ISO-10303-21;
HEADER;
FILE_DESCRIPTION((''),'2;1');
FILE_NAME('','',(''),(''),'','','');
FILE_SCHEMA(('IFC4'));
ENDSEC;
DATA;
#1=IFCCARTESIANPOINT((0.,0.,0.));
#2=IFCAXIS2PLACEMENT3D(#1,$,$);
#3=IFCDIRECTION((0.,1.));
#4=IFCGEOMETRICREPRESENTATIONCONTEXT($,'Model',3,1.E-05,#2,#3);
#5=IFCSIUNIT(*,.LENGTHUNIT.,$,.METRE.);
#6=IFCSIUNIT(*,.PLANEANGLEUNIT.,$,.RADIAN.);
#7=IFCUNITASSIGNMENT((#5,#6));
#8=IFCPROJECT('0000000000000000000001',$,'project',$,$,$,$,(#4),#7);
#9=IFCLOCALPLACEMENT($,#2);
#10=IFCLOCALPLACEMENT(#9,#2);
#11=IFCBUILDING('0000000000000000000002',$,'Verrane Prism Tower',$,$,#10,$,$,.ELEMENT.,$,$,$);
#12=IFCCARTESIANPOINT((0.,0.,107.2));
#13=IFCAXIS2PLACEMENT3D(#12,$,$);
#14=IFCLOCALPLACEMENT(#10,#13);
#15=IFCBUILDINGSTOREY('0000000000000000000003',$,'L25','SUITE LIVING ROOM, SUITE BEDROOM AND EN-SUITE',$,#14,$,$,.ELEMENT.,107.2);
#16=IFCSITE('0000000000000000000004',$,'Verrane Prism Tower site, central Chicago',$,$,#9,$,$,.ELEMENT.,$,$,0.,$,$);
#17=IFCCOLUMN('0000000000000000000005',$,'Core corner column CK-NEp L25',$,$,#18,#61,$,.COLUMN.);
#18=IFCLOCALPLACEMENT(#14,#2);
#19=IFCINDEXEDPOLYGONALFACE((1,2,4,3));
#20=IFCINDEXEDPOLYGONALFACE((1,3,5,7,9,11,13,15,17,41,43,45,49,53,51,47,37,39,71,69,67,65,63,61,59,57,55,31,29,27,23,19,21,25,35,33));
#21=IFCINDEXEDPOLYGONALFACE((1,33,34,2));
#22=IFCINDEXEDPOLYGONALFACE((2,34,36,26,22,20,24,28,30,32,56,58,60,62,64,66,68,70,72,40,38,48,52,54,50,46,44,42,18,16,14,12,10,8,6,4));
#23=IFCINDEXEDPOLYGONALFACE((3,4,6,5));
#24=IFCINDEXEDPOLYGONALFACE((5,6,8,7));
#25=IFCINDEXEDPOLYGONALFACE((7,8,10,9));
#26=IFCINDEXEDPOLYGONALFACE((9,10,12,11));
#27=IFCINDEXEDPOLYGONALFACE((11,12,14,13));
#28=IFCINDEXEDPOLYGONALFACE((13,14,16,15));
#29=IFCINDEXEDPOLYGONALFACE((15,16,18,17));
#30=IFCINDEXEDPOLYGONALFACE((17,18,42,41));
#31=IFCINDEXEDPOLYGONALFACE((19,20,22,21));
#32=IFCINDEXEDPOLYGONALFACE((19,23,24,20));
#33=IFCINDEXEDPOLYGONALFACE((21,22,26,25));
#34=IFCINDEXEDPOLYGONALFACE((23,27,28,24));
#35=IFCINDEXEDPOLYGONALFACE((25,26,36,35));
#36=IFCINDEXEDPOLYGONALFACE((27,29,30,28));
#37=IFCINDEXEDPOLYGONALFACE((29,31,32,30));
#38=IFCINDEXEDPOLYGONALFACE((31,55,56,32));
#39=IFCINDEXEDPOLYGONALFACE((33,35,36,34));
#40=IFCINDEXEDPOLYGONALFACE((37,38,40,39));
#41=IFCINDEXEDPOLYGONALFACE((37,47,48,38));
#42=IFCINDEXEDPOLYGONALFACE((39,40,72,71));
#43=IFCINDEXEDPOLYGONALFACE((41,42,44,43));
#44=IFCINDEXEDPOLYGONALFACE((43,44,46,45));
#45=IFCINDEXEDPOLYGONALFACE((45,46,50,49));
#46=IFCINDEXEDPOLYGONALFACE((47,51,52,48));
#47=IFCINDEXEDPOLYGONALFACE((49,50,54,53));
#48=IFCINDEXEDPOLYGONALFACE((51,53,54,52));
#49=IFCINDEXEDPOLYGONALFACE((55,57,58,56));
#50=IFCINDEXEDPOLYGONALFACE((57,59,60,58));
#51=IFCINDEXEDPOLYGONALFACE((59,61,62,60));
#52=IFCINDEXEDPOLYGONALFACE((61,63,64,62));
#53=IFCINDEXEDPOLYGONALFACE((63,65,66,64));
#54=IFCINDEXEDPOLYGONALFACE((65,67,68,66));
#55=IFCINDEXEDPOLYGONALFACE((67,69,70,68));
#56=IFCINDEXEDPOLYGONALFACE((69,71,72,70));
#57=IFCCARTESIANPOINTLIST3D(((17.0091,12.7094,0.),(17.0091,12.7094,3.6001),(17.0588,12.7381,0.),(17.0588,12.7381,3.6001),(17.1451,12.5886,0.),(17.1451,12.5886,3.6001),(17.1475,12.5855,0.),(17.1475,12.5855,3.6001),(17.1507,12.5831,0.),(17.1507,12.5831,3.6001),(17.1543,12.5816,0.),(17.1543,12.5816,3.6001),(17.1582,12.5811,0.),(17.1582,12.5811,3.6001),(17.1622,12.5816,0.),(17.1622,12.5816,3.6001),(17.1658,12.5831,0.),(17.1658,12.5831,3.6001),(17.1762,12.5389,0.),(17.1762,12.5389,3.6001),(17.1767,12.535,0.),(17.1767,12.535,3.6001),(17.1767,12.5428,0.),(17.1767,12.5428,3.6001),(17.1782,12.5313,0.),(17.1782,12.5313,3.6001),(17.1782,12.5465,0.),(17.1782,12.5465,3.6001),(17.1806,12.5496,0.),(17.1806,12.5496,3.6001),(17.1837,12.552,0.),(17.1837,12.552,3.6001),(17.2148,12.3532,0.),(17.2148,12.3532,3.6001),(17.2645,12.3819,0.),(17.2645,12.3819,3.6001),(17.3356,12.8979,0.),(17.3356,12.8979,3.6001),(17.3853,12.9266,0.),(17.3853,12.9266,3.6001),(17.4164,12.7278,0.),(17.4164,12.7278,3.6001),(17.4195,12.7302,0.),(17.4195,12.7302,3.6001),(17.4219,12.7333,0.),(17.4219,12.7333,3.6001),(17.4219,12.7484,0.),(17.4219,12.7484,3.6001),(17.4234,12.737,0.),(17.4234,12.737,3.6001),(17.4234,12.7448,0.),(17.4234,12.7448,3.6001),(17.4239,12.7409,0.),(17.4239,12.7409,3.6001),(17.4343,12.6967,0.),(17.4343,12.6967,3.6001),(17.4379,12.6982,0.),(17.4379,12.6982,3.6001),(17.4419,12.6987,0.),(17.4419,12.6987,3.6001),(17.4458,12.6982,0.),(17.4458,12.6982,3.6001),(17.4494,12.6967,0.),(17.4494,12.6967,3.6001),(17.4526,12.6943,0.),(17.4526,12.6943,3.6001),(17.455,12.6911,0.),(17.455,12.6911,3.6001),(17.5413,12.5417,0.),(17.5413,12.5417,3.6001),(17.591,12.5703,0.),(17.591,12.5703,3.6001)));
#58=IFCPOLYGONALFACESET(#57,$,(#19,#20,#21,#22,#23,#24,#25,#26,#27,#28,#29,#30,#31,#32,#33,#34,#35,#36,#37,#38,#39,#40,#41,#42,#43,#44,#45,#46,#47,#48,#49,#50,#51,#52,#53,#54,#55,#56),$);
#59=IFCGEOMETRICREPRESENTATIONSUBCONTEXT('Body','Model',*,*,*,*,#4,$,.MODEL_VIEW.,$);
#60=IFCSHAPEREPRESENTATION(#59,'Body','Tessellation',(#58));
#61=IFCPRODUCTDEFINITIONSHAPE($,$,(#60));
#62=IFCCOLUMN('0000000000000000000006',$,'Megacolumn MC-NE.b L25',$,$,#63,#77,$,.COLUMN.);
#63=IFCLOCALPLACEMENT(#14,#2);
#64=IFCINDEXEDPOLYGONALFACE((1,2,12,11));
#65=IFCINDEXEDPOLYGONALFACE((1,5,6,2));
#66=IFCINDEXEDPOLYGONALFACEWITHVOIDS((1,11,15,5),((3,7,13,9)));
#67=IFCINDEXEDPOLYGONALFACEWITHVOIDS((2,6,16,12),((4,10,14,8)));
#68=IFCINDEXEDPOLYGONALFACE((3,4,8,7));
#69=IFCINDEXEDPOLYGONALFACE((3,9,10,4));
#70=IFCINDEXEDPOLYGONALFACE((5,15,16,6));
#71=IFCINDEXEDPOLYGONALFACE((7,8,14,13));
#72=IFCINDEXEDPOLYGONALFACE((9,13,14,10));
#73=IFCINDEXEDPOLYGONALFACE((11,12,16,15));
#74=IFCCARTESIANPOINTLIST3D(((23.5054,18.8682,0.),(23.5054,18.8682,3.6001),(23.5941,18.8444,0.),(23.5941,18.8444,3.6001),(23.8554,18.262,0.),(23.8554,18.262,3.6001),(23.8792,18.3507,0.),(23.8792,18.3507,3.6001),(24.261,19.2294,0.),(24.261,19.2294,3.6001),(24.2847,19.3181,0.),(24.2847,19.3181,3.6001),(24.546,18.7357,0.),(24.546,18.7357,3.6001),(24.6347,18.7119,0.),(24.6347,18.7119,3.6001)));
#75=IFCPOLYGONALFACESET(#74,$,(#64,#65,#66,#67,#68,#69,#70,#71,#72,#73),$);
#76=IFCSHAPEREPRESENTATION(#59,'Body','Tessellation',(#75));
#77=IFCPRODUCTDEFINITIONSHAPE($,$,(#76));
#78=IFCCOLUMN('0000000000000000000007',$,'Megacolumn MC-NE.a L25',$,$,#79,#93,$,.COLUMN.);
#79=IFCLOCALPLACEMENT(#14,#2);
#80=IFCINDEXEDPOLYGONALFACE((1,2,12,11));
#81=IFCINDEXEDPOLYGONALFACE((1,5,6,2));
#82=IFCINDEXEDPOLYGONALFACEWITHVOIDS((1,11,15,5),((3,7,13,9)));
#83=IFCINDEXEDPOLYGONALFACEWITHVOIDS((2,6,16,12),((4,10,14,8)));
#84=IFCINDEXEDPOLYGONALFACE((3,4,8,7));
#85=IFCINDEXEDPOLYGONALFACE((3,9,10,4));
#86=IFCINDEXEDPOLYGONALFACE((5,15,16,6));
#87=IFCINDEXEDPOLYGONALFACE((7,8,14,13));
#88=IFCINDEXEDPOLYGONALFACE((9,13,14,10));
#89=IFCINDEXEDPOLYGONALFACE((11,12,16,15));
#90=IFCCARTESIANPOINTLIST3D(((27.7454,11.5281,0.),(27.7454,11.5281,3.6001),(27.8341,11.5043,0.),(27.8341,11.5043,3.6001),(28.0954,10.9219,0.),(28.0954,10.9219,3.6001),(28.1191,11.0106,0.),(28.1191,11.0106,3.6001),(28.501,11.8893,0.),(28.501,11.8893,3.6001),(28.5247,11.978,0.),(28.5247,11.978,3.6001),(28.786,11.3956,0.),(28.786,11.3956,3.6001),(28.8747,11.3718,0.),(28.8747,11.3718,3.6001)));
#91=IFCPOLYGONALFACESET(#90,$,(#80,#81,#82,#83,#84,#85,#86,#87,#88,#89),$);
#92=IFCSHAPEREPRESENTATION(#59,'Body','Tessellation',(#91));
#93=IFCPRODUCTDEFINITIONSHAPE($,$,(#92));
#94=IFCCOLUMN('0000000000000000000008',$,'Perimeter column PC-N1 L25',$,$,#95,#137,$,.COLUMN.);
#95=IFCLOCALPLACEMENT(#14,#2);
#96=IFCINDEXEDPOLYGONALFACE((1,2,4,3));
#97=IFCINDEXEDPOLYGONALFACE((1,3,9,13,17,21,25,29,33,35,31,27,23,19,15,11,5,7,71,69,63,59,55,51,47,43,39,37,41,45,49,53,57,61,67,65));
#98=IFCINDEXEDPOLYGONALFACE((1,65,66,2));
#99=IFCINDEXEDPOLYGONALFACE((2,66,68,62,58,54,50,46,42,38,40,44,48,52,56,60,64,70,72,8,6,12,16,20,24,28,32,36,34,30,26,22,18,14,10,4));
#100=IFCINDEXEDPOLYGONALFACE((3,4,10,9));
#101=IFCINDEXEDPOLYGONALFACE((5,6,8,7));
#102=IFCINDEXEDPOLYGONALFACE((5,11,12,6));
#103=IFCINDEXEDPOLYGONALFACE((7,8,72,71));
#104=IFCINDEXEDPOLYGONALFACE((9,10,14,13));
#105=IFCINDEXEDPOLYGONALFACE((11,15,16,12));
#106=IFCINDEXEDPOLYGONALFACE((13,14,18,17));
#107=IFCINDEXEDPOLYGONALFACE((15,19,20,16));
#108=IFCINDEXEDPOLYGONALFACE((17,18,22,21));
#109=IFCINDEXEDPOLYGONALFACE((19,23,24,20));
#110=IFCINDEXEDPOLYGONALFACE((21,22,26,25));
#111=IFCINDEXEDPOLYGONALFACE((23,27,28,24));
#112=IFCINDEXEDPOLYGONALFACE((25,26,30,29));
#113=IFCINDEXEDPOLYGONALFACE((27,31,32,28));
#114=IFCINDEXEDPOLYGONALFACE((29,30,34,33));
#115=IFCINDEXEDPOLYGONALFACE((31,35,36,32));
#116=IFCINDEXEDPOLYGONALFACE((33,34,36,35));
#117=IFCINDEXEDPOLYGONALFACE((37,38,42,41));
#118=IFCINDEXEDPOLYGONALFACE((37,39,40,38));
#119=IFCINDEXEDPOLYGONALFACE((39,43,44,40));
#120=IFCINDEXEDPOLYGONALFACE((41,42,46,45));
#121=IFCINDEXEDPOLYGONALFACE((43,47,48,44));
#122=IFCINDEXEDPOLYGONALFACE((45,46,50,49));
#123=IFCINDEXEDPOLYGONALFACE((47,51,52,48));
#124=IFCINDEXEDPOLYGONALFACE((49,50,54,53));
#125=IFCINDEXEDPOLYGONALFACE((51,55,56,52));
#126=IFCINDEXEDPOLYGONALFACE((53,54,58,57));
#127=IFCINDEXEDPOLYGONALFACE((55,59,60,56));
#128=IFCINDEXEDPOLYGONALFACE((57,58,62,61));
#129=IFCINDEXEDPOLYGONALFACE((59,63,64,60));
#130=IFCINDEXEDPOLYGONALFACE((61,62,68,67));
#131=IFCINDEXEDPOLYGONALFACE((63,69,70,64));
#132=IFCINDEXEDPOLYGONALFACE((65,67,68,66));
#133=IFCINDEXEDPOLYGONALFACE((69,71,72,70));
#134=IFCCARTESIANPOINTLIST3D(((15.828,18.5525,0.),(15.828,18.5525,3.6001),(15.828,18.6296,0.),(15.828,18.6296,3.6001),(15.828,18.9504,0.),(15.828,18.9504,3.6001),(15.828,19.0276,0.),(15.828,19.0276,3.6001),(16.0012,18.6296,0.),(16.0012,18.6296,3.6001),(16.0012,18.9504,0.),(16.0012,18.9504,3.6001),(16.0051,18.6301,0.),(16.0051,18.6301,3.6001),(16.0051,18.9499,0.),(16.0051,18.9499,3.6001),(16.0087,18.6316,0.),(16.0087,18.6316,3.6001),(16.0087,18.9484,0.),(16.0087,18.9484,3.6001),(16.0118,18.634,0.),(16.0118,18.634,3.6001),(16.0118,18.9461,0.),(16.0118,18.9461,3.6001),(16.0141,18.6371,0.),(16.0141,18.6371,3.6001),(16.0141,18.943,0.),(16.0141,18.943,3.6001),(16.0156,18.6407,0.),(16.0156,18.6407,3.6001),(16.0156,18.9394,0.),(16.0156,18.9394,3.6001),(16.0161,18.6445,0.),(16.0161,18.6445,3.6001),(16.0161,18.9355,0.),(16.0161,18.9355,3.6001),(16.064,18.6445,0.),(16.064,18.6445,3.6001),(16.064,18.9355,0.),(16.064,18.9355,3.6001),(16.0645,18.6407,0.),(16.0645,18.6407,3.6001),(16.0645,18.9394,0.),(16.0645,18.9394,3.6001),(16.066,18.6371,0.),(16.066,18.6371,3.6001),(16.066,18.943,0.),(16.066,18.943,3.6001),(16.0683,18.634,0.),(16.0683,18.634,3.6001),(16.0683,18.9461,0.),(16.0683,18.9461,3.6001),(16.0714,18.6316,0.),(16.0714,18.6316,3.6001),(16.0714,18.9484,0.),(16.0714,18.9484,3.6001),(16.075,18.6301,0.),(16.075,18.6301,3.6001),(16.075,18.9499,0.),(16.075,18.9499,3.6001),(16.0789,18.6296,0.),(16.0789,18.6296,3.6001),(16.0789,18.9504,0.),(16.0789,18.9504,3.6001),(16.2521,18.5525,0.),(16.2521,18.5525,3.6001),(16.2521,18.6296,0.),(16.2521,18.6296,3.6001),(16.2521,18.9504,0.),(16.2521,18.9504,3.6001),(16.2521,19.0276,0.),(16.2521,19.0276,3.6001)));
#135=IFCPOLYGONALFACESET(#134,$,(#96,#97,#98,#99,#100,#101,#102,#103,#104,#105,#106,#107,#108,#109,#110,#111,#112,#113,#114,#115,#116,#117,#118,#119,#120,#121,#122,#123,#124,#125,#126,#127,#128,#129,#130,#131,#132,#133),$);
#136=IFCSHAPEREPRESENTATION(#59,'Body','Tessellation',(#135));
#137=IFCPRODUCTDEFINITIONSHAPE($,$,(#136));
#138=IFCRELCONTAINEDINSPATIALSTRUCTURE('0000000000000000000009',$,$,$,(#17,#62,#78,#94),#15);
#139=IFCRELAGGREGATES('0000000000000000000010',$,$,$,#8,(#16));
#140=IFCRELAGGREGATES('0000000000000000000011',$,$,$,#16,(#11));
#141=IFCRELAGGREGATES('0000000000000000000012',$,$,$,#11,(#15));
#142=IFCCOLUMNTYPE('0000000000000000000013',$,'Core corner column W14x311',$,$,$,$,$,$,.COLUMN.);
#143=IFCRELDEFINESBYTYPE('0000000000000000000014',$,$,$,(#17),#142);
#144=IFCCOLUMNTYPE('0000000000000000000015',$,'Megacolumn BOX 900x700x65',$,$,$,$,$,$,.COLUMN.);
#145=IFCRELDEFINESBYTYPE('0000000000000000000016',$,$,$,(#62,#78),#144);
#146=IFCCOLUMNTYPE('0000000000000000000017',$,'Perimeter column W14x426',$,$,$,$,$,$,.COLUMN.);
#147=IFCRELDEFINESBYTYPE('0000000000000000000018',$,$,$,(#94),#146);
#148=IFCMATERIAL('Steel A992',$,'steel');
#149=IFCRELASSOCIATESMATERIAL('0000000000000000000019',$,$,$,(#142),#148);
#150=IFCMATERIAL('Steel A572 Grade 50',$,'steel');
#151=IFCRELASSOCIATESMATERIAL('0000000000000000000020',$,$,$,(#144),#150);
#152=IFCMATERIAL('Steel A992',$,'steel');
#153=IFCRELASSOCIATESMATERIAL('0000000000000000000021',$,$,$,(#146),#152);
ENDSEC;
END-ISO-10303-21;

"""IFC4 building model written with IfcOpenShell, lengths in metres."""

from ifc_helpers import new_model, si_unit, direction, frame, origin, origin_2d, place, context, subcontext, project, spatial, hollow_rectangle, i_section, extrude, material, material_profile, profile_set, type_object, element, save


model = new_model("IFC4")

# Units and contexts
model_context = context("Model", 3, precision=1e-05, world=origin(), true_north=direction((0.0, 1.0)))
body_context = subcontext(model_context, "Body", "Model", "MODEL_VIEW")
ifc_project = project(units=[si_unit("LENGTHUNIT", "METRE"), si_unit("PLANEANGLEUNIT", "RADIAN")], contexts=[model_context])

# Site, building, storey
site_placement = place(None, origin())
site = spatial("IfcSite", under=ifc_project, at=site_placement, Name="Verrane Prism Tower site, central Chicago", CompositionType="ELEMENT", RefElevation=0.0)
building_placement = place(site_placement, origin())
building = spatial("IfcBuilding", under=site, at=building_placement, Name="Verrane Prism Tower", CompositionType="ELEMENT")
storey_placement = place(building_placement, frame((0.0, 0.0, 107.2)))
storey = spatial("IfcBuildingStorey", under=building, at=storey_placement, Name="L25", Description="SUITE LIVING ROOM, SUITE BEDROOM AND EN-SUITE", CompositionType="ELEMENT", Elevation=107.2)

# Columns
ifc_material_1 = material(Name="Steel A992", Category="steel")
ifc_material_profile_1 = material_profile(ifc_material_1, i_section(OverallWidth=0.4114, OverallDepth=0.4343, WebThickness=0.0359, FlangeThickness=0.0574, FilletRadius=0.0151, at=origin_2d()), Name="W14x311")
ifc_profile_set_1 = profile_set([ifc_material_profile_1], Name="Steel A992")
column_type_1 = type_object("IfcColumnType", Name="Core corner column W14x311", PredefinedType="COLUMN", material=ifc_profile_set_1)
column_1_placement = place(storey_placement, frame((17.3, 12.6399, 0.0), z_axis=(0.0, 0.0, 1.0), x_axis=(0.5, -0.866025, 0.0)))
element("IfcColumn", 1, at=column_1_placement, inside=storey, type_object=column_type_1, Name="Core corner column CK-NEp L25", PredefinedType="COLUMN", context=body_context, shape_type="SweptSolid", body=[
    extrude(i_section(OverallWidth=0.4114, OverallDepth=0.4343, WebThickness=0.0359, FlangeThickness=0.0574, FilletRadius=0.0151, at=origin_2d()), origin(), (0.0, 0.0, 1.0), 3.6001),
])
ifc_material_2 = material(Name="Steel A572 Grade 50", Category="steel")
ifc_material_profile_2 = material_profile(ifc_material_2, hollow_rectangle(XDim=0.7, YDim=0.8999, WallThickness=0.0649, at=origin_2d()), Name="BOX 900x700x65")
ifc_profile_set_2 = profile_set([ifc_material_profile_2], Name="Steel A572 Grade 50")
column_type_2 = type_object("IfcColumnType", Name="Megacolumn BOX 900x700x65", PredefinedType="COLUMN", material=ifc_profile_set_2)
for number, where, z_axis, x_axis, name in (
    (2, (24.0701, 18.79, 0.0), (0.0, 0.0, 1.0), (0.5, -0.866025, 0.0), "Megacolumn MC-NE.b L25"),
    (3, (28.3101, 11.45, 0.0), (0.0, 0.0, 1.0), (0.5, -0.866025, 0.0), "Megacolumn MC-NE.a L25"),
):
    element("IfcColumn", number, at=place(storey_placement, frame(where, z_axis=z_axis, x_axis=x_axis)), inside=storey, type_object=column_type_2, Name=name, PredefinedType="COLUMN", context=body_context, shape_type="SweptSolid", body=[
        extrude(hollow_rectangle(XDim=0.7, YDim=0.8999, WallThickness=0.0649, at=origin_2d()), origin(), (0.0, 0.0, 1.0), 3.6001),
    ])
ifc_material_3 = material(Name="Steel A992", Category="steel")
ifc_material_profile_3 = material_profile(ifc_material_3, i_section(OverallWidth=0.4241, OverallDepth=0.4751, WebThickness=0.0479, FlangeThickness=0.0771, FilletRadius=0.0149, at=origin_2d()), Name="W14x426")
ifc_profile_set_3 = profile_set([ifc_material_profile_3], Name="Steel A992")
column_type_3 = type_object("IfcColumnType", Name="Perimeter column W14x426", PredefinedType="COLUMN", material=ifc_profile_set_3)
column_2_placement = place(storey_placement, frame((16.04, 18.79, 0.0), z_axis=(0.0, 0.0, 1.0), x_axis=(1.0, 0.0, 0.0)))
element("IfcColumn", 4, at=column_2_placement, inside=storey, type_object=column_type_3, Name="Perimeter column PC-N1 L25", PredefinedType="COLUMN", context=body_context, shape_type="SweptSolid", body=[
    extrude(i_section(OverallWidth=0.4241, OverallDepth=0.4751, WebThickness=0.0479, FlangeThickness=0.0771, FilletRadius=0.0149, at=origin_2d()), origin(), (0.0, 0.0, 1.0), 3.6001),
])

save(model, "model.ifc")
